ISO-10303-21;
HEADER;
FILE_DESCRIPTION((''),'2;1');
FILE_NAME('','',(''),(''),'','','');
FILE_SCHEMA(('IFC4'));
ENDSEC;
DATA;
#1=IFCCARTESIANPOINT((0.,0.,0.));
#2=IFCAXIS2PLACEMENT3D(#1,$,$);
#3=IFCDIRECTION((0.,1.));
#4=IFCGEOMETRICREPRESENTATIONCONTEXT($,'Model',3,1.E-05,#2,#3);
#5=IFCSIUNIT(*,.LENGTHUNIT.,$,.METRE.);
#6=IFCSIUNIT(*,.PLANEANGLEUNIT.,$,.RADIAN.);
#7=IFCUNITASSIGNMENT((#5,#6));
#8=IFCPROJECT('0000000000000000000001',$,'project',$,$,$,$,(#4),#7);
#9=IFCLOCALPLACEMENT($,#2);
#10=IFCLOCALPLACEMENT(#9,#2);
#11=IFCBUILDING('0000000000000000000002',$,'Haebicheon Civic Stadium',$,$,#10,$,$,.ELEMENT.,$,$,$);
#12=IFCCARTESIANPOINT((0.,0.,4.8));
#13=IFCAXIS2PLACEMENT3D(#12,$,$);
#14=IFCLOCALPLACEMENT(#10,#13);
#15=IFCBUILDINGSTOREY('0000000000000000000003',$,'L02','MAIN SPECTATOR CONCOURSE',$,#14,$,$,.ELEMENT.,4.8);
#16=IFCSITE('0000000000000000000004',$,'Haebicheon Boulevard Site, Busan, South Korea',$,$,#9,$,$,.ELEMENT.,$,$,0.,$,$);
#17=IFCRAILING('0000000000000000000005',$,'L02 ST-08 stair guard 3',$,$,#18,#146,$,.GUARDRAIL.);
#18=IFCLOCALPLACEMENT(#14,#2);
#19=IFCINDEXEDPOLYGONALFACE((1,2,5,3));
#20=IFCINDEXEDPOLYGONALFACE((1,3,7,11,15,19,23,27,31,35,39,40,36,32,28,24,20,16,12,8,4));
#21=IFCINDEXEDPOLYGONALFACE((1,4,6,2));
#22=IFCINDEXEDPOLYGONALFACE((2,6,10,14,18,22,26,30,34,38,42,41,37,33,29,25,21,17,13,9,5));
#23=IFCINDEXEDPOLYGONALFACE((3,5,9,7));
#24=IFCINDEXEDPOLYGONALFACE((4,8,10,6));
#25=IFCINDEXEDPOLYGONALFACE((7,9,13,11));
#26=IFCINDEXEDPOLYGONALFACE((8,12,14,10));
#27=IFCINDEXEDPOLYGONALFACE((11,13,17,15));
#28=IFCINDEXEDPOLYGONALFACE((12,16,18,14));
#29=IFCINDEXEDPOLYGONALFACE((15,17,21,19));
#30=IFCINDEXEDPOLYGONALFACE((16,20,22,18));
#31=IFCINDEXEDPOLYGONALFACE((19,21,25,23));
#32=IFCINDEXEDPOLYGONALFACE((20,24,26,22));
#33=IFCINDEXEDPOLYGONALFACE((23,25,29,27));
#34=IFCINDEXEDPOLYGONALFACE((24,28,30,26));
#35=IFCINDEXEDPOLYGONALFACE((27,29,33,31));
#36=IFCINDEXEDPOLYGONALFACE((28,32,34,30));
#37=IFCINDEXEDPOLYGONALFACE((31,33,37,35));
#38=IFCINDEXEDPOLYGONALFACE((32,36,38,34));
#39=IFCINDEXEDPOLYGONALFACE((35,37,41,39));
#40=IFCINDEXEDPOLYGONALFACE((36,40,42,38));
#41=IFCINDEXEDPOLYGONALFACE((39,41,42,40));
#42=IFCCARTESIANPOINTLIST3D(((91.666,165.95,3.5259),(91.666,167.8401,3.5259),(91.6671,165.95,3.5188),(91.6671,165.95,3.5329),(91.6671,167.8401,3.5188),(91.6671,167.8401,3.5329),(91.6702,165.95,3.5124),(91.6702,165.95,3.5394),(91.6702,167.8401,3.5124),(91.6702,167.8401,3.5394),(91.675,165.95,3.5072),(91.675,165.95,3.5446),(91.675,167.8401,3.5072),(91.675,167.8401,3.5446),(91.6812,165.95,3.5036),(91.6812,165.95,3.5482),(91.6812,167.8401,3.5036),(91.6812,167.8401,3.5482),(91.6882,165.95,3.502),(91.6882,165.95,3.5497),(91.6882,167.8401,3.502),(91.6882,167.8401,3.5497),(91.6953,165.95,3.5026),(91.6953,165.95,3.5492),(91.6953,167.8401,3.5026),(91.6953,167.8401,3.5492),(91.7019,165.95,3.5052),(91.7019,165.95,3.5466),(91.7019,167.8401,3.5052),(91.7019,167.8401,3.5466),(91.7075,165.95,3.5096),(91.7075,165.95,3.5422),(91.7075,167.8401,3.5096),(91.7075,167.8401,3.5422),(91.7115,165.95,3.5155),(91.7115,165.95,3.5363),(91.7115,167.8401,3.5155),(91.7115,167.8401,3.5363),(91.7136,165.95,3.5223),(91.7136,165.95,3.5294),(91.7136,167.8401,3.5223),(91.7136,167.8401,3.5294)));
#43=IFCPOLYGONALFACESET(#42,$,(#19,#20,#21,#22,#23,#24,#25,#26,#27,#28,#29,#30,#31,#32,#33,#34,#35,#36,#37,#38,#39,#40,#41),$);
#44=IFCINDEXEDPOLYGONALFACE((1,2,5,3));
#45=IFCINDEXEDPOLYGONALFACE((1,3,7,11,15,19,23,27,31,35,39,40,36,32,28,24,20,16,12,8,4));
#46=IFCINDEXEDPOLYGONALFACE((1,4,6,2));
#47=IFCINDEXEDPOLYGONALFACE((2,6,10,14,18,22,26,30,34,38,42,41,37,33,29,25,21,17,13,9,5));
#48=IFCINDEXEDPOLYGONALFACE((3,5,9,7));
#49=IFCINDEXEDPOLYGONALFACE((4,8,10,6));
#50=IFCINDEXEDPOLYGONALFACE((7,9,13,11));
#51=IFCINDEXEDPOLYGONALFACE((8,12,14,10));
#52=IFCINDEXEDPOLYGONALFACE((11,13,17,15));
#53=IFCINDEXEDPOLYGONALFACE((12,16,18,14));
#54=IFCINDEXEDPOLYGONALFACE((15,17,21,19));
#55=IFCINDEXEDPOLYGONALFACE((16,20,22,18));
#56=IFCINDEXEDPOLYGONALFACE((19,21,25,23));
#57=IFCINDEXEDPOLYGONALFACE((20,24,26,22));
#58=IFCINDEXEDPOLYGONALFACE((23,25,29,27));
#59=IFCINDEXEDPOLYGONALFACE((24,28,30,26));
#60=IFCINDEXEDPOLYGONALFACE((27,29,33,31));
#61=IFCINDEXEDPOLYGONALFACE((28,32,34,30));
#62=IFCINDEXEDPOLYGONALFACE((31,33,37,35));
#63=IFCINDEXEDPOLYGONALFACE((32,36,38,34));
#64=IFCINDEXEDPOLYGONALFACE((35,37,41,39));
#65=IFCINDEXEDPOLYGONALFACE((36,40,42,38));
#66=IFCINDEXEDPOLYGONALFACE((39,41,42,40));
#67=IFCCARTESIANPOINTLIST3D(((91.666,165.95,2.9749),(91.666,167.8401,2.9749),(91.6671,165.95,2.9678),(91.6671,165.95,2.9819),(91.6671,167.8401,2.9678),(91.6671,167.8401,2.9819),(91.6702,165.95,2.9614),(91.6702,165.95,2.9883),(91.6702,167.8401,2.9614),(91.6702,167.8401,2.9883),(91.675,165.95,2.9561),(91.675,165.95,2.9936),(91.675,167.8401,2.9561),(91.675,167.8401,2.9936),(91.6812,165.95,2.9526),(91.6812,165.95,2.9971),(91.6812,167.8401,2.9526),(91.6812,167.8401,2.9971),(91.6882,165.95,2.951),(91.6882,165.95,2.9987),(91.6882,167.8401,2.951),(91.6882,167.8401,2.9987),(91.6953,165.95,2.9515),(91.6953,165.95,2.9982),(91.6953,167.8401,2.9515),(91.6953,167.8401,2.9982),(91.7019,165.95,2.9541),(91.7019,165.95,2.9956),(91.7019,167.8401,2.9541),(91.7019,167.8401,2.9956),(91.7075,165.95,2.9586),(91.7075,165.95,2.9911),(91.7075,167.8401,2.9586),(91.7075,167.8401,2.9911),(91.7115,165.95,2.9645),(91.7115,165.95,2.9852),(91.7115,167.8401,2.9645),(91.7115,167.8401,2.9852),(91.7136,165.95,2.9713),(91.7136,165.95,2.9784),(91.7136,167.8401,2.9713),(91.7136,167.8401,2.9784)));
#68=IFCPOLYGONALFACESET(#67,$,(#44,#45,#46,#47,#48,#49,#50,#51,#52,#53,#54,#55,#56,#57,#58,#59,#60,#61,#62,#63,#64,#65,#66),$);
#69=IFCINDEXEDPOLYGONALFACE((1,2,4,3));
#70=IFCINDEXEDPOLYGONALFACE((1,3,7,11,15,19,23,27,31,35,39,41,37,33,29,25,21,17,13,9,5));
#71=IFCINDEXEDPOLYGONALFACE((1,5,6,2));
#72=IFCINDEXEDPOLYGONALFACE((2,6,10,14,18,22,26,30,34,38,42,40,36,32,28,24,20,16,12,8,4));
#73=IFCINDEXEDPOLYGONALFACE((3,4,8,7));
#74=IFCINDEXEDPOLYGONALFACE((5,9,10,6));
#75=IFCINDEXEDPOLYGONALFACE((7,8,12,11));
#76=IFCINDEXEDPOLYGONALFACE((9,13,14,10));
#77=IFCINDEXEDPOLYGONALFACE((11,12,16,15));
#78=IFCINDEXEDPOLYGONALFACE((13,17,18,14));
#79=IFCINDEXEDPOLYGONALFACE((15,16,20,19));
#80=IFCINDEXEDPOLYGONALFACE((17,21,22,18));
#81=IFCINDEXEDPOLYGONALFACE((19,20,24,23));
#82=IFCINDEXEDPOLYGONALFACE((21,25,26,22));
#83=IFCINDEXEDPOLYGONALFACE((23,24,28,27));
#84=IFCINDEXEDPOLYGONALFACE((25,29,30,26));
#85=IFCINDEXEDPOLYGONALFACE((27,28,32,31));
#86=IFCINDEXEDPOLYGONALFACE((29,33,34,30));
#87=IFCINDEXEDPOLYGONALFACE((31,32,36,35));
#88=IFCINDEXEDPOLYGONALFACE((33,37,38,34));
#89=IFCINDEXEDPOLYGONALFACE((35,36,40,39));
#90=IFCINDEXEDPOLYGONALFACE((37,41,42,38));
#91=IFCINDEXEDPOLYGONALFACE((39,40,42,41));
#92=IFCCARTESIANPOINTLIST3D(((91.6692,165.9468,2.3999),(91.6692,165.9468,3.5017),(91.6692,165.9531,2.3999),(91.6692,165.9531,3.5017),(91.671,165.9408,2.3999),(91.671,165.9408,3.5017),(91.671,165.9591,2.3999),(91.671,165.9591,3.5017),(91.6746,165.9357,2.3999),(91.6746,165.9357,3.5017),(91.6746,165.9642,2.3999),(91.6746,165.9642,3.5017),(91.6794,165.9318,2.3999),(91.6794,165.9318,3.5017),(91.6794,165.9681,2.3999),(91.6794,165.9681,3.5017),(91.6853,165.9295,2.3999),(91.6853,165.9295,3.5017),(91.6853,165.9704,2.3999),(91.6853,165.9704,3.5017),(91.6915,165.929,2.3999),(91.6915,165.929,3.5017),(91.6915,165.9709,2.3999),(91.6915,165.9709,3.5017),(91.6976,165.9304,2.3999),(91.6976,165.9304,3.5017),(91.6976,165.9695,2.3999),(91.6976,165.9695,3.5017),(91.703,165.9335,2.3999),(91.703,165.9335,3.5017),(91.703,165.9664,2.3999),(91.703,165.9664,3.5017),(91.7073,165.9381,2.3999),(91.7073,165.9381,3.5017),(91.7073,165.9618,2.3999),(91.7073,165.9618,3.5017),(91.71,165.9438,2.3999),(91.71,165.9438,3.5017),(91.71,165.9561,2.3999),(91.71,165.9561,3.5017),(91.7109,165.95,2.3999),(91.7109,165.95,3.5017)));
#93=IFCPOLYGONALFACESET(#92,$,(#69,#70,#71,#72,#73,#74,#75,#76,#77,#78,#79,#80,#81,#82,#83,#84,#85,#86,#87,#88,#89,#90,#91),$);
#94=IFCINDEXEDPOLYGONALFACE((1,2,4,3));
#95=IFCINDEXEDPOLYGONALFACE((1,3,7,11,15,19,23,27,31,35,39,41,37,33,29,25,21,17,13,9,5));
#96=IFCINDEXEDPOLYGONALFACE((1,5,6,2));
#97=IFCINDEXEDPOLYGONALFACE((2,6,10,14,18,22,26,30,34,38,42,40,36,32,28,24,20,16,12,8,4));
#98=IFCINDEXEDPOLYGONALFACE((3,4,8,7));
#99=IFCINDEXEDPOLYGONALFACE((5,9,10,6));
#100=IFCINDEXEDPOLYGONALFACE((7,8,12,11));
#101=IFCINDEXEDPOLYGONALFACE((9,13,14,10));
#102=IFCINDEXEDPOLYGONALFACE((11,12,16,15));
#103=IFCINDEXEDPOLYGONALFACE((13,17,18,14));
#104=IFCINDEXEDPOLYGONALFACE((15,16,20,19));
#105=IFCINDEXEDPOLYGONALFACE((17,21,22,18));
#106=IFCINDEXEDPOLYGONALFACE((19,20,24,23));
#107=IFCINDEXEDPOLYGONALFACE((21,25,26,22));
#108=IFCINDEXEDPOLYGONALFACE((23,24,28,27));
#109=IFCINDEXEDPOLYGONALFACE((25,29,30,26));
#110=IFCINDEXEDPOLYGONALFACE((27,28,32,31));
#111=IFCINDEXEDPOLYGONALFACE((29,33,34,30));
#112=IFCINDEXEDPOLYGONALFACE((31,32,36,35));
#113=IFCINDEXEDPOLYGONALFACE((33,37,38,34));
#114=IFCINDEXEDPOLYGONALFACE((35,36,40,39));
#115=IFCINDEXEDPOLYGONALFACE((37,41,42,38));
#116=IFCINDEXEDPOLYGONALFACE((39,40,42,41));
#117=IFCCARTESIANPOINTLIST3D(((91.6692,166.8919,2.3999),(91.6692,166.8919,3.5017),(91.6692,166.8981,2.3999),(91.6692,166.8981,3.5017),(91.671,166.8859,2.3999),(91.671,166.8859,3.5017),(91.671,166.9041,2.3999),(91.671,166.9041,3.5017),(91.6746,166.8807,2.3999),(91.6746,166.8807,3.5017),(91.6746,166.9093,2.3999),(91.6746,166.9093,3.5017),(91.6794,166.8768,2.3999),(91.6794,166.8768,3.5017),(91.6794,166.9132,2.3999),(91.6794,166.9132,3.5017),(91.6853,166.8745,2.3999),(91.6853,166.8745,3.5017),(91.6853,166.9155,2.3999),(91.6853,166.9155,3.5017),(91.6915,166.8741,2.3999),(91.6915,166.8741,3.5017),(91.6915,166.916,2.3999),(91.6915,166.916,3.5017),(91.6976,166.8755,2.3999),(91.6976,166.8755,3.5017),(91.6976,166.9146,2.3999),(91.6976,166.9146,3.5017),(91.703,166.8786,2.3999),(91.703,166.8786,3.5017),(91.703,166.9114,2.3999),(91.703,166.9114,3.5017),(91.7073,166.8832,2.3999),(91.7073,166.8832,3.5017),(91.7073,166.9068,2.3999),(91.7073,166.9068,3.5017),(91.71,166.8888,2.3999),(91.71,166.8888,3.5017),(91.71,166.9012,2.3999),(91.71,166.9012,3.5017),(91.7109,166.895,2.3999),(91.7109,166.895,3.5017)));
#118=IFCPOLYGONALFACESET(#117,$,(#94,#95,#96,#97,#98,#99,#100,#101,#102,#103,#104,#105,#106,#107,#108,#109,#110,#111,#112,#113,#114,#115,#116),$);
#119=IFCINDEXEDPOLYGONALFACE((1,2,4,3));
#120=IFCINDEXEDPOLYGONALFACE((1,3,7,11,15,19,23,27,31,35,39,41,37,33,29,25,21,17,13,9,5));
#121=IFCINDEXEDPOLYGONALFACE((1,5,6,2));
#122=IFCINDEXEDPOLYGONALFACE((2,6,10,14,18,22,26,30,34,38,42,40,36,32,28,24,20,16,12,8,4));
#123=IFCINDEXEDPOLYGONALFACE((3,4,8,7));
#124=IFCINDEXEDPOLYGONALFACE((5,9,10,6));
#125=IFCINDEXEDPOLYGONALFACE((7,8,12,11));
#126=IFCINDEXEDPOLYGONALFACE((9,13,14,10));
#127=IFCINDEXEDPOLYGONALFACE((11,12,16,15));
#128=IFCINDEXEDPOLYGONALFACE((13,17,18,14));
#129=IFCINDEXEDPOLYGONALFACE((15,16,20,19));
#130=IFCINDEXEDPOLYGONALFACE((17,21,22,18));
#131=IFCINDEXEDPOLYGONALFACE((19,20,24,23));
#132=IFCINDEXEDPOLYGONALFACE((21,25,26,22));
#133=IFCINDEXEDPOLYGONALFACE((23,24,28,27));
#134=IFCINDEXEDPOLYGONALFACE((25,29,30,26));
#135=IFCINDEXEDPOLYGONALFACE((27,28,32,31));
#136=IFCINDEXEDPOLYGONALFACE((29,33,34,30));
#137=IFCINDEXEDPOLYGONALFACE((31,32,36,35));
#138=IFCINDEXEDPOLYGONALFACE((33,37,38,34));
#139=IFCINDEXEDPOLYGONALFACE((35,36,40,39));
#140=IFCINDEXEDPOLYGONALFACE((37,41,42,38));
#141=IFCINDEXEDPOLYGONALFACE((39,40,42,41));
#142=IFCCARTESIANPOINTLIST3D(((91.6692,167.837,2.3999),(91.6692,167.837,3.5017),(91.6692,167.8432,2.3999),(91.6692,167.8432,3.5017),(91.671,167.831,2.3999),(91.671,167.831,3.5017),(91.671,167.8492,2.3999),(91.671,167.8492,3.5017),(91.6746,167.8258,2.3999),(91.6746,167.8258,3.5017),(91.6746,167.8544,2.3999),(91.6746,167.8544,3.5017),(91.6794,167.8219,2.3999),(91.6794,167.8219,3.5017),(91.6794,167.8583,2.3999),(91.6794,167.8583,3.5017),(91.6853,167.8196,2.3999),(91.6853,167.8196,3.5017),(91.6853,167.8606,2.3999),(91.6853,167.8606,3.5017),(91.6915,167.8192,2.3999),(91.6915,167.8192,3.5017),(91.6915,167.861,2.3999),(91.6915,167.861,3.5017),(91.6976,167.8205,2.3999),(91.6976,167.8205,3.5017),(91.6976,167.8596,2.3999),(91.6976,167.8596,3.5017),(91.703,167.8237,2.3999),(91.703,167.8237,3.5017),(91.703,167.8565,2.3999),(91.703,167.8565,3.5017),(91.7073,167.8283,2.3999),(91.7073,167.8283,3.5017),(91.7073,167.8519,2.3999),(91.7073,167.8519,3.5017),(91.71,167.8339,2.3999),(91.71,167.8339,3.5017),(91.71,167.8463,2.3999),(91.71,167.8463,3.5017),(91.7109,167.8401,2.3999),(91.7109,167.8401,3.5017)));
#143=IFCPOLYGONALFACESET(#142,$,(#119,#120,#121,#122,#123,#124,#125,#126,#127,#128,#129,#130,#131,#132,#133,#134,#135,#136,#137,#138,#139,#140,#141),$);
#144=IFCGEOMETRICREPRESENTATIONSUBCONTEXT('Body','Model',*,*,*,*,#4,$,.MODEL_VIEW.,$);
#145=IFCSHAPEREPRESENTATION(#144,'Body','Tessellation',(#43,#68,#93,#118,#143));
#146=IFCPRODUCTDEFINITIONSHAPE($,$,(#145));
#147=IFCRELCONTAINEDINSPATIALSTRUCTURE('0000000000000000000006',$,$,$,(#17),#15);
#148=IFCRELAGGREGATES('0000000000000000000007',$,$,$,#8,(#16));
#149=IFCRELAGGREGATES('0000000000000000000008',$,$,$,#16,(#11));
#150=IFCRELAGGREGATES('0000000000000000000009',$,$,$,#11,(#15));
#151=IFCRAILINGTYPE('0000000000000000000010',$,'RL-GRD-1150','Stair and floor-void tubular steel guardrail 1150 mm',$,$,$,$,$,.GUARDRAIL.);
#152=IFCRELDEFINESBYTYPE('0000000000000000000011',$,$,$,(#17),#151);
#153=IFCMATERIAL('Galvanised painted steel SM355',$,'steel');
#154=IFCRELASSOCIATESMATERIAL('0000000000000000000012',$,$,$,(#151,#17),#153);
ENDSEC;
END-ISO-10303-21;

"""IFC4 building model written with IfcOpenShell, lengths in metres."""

from ifc_helpers import new_model, si_unit, direction, frame, origin, origin_2d, place, context, subcontext, project, spatial, circle, extrude, material, type_object, element, save


model = new_model("IFC4")

# Units and contexts
model_context = context("Model", 3, precision=1e-05, world=origin(), true_north=direction((0.0, 1.0)))
body_context = subcontext(model_context, "Body", "Model", "MODEL_VIEW")
ifc_project = project(units=[si_unit("LENGTHUNIT", "METRE"), si_unit("PLANEANGLEUNIT", "RADIAN")], contexts=[model_context])

# Site, building, storey
site_placement = place(None, origin())
site = spatial("IfcSite", under=ifc_project, at=site_placement, Name="Haebicheon Boulevard Site, Busan, South Korea", CompositionType="ELEMENT", RefElevation=0.0)
building_placement = place(site_placement, origin())
building = spatial("IfcBuilding", under=site, at=building_placement, Name="Haebicheon Civic Stadium", CompositionType="ELEMENT")
storey_placement = place(building_placement, frame((0.0, 0.0, 4.8)))
storey = spatial("IfcBuildingStorey", under=building, at=storey_placement, Name="L02", Description="MAIN SPECTATOR CONCOURSE", CompositionType="ELEMENT", Elevation=4.8)

# Railing
ifc_material_1 = material(Name="Galvanised painted steel SM355", Category="steel")
railing_type_1 = type_object("IfcRailingType", Name="RL-GRD-1150", Description="Stair and floor-void tubular steel guardrail 1150 mm", PredefinedType="GUARDRAIL", material=ifc_material_1)
for number, where, name in (
    (1, (91.6899, 165.95, 2.3999), "L02 ST-08 stair guard 3"),
):
    element("IfcRailing", number, at=place(storey_placement, frame(where)), inside=storey, type_object=railing_type_1, material=ifc_material_1, Name=name, PredefinedType="GUARDRAIL", context=body_context, shape_type="SweptSolid", body=[
        extrude(circle(Radius=0.0239, at=origin_2d()), frame((0.0, 0.0, 1.126), z_axis=(0.0, 1.0, 0.0), x_axis=(-1.0, 0.0, 0.0)), (0.0, 0.0, 1.0), 1.8901),
        extrude(circle(Radius=0.0239, at=origin_2d()), frame((0.0, 0.0, 0.575), z_axis=(0.0, 1.0, 0.0), x_axis=(-1.0, 0.0, 0.0)), (0.0, 0.0, 1.0), 1.8901),
        extrude(circle(Radius=0.021, at=origin_2d()), origin(), (0.0, 0.0, 1.0), 1.1018),
        extrude(circle(Radius=0.021, at=origin_2d()), frame((0.0, 0.9451, 0.0)), (0.0, 0.0, 1.0), 1.1018),
        extrude(circle(Radius=0.021, at=origin_2d()), frame((0.0, 1.8901, 0.0)), (0.0, 0.0, 1.0), 1.1018),
    ])

save(model, "model.ifc")
